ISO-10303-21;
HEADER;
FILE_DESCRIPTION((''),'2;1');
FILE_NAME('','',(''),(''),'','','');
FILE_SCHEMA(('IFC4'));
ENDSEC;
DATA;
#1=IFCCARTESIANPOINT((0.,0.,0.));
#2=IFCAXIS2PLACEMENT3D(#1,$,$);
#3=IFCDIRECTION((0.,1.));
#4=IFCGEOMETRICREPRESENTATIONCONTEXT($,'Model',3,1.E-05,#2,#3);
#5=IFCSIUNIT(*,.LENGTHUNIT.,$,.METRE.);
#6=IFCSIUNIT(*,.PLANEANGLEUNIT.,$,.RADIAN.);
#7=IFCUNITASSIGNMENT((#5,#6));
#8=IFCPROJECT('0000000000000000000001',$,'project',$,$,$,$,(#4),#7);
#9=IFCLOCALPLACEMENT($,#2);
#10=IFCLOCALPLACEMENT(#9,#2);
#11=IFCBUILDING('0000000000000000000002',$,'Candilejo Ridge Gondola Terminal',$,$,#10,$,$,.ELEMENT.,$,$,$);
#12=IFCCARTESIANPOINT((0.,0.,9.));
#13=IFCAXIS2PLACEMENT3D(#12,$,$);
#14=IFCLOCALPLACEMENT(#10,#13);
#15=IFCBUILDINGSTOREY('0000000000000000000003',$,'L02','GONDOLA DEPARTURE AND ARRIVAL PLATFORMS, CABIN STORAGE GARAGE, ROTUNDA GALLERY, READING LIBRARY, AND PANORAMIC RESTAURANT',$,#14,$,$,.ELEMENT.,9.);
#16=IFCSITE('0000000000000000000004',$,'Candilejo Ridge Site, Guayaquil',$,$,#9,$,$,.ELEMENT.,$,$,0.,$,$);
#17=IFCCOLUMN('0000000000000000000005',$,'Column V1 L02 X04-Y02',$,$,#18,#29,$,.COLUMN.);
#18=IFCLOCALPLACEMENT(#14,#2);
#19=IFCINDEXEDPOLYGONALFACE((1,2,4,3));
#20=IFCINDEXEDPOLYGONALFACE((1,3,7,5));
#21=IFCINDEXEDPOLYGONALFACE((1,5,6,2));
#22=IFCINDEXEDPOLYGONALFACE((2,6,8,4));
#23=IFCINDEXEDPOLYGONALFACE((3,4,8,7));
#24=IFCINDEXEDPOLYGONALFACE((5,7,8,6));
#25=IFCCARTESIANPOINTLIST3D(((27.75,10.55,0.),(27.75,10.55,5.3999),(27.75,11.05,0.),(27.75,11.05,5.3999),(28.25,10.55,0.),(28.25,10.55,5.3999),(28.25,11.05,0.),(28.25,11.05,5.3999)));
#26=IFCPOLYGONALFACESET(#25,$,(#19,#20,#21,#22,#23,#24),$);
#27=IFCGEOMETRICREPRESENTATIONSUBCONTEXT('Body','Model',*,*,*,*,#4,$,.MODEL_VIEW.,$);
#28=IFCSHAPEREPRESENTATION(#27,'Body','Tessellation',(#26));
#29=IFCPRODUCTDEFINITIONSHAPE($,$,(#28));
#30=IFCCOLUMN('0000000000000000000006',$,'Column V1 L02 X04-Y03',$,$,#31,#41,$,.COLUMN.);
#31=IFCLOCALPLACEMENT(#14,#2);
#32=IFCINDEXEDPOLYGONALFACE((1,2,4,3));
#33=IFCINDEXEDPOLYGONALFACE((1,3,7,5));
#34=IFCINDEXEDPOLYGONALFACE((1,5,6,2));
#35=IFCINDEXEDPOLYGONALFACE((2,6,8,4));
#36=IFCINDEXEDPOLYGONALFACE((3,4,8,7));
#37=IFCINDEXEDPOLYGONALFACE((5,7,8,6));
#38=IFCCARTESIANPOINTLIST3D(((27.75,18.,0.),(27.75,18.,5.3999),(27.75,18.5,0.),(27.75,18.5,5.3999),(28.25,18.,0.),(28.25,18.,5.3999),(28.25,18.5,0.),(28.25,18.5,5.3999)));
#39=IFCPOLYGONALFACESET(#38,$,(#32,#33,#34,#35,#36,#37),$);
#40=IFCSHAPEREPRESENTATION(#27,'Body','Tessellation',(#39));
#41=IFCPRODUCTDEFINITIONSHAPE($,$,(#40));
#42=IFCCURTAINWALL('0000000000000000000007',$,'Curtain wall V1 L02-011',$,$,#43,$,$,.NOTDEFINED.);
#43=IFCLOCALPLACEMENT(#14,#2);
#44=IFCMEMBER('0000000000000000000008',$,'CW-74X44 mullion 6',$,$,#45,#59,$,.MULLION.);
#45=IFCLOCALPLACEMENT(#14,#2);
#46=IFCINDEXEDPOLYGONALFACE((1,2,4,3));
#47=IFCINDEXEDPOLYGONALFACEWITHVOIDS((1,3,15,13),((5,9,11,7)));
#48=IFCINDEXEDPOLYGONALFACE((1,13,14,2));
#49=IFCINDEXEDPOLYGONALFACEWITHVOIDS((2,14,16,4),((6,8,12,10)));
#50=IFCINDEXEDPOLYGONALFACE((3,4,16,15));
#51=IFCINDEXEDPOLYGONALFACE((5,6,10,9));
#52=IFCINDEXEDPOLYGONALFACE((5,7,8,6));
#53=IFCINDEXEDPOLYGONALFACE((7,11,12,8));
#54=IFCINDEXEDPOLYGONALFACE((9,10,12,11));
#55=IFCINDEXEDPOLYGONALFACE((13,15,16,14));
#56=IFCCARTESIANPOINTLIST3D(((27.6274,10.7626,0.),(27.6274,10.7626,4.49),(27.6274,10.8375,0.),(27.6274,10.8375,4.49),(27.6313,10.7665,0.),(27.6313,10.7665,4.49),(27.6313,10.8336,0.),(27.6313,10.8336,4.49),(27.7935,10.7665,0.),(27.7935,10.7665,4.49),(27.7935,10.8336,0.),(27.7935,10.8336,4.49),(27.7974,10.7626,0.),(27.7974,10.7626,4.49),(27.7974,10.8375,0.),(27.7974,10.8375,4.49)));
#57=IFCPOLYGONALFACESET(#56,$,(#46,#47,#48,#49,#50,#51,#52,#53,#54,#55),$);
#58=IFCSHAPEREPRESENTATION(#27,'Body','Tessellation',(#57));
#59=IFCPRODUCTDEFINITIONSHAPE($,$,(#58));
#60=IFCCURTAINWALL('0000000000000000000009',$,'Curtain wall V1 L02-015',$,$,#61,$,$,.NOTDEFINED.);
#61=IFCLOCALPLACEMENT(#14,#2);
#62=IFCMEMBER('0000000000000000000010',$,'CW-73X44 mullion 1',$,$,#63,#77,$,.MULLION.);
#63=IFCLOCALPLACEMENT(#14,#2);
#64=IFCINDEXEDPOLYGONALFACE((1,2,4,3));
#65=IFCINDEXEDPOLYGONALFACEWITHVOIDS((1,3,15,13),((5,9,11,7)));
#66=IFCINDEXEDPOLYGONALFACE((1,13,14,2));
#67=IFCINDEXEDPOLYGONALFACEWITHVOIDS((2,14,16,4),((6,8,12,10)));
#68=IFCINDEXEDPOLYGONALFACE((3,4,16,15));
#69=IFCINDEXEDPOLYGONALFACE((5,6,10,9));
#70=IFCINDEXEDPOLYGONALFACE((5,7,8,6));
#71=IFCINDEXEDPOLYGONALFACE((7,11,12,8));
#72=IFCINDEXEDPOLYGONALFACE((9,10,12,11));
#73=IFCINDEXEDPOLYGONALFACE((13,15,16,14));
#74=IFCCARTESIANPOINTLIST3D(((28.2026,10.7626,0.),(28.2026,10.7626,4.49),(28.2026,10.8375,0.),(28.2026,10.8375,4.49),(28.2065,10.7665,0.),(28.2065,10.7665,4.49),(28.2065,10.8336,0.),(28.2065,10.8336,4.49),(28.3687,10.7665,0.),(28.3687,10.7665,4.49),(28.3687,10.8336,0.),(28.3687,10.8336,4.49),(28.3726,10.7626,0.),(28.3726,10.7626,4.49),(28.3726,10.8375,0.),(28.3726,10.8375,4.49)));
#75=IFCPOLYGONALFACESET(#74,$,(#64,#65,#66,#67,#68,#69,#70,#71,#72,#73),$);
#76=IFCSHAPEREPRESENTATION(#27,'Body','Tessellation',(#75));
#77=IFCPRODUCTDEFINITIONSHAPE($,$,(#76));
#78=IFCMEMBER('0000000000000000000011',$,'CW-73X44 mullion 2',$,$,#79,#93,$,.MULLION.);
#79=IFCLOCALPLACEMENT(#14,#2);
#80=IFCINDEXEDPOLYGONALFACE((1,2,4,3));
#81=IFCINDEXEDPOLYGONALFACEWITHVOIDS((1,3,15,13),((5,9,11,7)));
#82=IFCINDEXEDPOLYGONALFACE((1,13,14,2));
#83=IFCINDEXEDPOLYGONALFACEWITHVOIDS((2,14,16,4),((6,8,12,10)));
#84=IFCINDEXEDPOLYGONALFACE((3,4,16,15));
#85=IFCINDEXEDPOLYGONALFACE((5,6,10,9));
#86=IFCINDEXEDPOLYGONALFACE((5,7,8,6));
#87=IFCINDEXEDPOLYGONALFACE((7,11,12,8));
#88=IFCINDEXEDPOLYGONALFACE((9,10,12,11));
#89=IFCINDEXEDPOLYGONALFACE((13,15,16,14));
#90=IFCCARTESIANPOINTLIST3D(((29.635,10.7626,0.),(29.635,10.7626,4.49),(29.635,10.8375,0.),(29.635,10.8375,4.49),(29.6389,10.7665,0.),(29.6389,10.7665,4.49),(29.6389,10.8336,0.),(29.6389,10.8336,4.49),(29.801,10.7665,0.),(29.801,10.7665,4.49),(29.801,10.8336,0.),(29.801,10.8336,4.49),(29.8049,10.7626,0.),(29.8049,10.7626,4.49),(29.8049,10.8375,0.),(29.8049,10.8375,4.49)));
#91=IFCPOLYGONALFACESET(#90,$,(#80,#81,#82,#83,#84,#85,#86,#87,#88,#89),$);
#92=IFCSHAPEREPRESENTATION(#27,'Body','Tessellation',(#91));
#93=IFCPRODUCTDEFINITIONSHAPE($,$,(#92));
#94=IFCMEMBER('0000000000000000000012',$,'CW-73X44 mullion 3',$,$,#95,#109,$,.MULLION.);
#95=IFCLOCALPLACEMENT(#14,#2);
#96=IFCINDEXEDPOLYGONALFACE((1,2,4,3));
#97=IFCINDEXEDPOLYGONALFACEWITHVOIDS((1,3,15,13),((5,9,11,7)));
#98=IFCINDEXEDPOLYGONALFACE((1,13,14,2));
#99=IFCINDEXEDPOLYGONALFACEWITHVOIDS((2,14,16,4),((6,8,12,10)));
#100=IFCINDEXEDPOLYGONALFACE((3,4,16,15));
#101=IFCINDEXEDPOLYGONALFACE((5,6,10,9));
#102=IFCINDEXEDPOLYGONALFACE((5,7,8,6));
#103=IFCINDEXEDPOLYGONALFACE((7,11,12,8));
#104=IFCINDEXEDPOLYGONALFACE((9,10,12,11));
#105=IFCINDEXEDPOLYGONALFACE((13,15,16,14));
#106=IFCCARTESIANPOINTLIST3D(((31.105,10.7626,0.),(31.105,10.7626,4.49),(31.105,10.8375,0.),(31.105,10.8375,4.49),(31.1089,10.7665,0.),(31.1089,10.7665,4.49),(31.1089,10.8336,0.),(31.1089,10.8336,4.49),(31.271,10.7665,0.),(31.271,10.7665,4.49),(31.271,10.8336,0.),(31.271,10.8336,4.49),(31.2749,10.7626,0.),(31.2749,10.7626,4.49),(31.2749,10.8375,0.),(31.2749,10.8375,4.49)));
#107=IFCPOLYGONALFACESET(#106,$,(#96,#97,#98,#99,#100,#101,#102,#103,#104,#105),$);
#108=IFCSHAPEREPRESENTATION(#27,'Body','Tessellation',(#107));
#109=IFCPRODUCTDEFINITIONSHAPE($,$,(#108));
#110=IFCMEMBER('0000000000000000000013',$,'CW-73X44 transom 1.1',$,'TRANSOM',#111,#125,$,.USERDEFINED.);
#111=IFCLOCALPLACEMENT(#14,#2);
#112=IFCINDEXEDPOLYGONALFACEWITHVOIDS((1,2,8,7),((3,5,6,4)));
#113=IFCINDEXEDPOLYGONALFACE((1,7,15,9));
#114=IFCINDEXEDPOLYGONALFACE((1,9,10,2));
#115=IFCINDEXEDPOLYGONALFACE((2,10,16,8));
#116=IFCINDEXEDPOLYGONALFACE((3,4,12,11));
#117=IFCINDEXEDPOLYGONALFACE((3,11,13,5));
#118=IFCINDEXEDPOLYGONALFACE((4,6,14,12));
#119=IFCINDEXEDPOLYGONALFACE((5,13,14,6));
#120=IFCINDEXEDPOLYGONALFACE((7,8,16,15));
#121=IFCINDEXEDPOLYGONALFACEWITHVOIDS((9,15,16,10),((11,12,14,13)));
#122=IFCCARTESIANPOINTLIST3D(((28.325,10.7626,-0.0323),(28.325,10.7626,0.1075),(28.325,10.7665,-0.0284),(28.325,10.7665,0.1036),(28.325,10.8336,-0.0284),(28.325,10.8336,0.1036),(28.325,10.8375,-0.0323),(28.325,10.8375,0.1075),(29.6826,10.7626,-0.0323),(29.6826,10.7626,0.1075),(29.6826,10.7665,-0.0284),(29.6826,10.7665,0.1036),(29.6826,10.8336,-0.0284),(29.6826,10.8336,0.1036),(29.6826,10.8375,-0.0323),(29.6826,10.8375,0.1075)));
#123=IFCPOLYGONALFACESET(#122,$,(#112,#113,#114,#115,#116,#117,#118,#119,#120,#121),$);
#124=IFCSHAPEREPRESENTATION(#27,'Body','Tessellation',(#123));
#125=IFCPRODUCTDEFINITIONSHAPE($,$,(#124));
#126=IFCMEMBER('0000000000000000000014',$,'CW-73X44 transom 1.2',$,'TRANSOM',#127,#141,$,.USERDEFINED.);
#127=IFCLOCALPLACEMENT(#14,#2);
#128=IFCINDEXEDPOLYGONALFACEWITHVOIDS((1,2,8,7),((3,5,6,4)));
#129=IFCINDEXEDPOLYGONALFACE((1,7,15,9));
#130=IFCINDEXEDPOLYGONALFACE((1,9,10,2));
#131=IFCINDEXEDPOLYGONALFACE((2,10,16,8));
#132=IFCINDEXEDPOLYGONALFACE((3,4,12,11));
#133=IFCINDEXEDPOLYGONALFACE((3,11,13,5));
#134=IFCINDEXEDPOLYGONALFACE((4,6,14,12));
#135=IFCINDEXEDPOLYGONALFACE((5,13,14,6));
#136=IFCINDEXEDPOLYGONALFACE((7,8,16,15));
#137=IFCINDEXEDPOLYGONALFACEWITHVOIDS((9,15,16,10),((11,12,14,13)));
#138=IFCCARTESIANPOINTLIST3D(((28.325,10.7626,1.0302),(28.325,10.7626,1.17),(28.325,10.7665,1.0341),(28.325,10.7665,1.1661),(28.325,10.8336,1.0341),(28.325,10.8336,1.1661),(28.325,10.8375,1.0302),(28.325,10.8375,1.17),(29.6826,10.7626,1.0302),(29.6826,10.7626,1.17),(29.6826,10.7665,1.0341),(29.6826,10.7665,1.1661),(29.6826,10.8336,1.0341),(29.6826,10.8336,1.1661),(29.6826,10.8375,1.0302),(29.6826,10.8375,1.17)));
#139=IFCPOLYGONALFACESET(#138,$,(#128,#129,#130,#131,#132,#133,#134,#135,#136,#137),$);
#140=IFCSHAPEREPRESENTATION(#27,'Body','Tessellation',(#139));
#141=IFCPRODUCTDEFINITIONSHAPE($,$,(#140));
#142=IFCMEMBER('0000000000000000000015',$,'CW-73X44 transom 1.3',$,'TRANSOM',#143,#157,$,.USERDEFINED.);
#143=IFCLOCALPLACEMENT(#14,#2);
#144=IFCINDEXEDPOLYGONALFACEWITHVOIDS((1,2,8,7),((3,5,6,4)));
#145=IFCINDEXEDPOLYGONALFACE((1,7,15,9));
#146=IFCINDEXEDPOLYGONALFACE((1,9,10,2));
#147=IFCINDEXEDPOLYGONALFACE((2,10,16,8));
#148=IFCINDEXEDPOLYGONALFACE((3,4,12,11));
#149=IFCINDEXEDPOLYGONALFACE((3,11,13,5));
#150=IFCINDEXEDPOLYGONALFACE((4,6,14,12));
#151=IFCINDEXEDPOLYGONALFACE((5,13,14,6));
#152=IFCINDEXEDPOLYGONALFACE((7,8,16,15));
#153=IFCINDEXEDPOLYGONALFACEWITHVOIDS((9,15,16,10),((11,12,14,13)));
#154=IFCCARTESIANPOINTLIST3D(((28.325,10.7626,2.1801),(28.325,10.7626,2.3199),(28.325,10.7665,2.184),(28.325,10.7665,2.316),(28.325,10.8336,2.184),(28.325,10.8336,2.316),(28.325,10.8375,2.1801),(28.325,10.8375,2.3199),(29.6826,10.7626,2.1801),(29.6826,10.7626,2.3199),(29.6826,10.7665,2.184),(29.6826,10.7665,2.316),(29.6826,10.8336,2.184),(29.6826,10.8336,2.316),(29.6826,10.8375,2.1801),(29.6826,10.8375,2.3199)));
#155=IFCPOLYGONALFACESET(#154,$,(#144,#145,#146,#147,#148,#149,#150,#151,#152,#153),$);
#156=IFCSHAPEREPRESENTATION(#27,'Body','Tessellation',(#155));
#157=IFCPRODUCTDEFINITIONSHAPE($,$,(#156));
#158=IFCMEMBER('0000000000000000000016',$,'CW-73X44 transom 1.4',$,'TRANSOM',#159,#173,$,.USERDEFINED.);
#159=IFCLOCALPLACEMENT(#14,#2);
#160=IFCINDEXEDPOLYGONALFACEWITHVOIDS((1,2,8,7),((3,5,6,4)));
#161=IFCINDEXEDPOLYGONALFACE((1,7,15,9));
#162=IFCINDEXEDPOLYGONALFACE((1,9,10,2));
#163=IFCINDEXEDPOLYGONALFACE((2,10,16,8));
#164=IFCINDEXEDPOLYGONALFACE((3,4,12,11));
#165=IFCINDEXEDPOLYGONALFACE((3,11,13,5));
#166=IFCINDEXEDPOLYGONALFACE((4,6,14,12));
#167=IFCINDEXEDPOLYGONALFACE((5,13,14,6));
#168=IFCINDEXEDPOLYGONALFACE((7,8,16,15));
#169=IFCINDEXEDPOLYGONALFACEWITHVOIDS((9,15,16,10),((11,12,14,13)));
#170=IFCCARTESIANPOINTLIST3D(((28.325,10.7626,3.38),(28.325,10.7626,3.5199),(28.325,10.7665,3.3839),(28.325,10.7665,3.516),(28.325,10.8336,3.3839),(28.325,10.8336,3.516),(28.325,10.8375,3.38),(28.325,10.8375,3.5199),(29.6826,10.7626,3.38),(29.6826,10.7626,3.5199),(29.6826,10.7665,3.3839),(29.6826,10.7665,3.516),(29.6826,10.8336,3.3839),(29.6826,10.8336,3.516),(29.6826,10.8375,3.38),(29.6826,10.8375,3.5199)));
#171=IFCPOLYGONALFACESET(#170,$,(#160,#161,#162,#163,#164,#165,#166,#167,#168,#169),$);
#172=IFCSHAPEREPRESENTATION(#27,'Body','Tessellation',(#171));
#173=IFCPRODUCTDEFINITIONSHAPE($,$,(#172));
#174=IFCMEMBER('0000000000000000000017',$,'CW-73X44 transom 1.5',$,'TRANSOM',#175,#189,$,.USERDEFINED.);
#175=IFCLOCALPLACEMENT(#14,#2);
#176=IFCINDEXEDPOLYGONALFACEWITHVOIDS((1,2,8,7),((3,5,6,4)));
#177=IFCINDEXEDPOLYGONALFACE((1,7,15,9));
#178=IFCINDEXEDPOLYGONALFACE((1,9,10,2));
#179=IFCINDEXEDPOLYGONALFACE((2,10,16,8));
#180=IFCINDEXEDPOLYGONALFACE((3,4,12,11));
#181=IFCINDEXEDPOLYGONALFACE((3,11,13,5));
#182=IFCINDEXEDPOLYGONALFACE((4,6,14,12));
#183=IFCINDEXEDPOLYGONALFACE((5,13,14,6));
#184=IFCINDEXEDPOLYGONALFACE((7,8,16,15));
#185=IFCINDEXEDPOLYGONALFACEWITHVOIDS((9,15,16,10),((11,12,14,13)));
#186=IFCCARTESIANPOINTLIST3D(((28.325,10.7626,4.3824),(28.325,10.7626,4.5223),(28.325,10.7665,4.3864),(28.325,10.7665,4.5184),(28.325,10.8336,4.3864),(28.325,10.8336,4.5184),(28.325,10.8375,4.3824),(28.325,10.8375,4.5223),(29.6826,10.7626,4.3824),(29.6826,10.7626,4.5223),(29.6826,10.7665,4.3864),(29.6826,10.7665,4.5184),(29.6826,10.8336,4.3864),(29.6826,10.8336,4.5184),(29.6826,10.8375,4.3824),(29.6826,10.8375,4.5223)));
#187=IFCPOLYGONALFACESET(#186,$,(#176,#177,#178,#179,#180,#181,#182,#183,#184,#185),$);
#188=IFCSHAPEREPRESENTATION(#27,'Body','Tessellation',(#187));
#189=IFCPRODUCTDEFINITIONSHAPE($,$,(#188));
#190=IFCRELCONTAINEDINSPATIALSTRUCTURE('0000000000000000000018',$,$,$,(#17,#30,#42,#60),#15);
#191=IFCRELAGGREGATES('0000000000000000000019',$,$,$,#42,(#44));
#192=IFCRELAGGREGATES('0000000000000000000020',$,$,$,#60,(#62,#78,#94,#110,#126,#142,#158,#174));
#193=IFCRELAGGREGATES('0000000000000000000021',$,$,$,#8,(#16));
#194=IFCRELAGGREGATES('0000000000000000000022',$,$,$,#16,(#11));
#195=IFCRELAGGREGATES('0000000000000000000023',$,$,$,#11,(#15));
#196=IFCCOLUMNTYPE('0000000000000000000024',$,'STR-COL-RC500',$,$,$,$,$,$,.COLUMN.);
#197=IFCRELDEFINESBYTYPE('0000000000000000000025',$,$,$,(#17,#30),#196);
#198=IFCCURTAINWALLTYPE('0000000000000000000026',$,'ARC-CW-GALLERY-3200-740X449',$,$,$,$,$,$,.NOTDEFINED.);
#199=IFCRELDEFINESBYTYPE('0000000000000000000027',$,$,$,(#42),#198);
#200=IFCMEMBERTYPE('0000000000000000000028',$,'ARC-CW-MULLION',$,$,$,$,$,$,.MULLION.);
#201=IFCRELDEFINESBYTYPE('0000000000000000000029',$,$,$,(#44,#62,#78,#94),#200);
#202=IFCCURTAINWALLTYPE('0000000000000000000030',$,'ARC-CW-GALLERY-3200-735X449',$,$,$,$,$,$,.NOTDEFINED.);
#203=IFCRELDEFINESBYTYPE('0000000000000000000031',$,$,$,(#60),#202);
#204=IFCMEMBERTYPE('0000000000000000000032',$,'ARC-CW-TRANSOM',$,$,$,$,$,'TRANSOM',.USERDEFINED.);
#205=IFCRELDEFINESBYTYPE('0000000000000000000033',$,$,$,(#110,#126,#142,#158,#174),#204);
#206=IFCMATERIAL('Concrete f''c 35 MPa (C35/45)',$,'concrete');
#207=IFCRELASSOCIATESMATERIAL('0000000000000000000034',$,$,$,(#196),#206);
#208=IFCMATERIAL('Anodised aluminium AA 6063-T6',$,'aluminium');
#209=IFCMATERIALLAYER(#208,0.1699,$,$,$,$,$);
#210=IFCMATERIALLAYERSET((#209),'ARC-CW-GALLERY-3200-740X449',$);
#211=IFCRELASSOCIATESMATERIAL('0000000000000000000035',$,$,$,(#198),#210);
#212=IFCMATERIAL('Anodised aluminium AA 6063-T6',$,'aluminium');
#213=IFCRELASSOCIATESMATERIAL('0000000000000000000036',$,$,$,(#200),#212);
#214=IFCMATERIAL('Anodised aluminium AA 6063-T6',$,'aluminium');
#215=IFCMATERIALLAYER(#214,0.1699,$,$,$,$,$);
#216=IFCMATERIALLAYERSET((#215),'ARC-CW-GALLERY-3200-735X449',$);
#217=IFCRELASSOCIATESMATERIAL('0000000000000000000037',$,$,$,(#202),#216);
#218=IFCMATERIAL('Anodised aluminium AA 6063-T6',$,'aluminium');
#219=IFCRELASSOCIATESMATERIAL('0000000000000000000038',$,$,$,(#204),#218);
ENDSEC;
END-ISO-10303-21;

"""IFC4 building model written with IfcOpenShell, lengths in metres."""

from ifc_helpers import new_model, si_unit, direction, frame, origin, origin_2d, place, context, subcontext, project, spatial, rectangle, hollow_rectangle, extrude, material, layer, layer_set, material_profile, profile_set, type_object, element, aggregate, save


model = new_model("IFC4")

# Units and contexts
model_context = context("Model", 3, precision=1e-05, world=origin(), true_north=direction((0.0, 1.0)))
body_context = subcontext(model_context, "Body", "Model", "MODEL_VIEW")
ifc_project = project(units=[si_unit("LENGTHUNIT", "METRE"), si_unit("PLANEANGLEUNIT", "RADIAN")], contexts=[model_context])

# Site, building, storey
site_placement = place(None, origin())
site = spatial("IfcSite", under=ifc_project, at=site_placement, Name="Candilejo Ridge Site, Guayaquil", CompositionType="ELEMENT", RefElevation=0.0)
building_placement = place(site_placement, origin())
building = spatial("IfcBuilding", under=site, at=building_placement, Name="Candilejo Ridge Gondola Terminal", CompositionType="ELEMENT")
storey_placement = place(building_placement, frame((0.0, 0.0, 9.0)))
storey = spatial("IfcBuildingStorey", under=building, at=storey_placement, Name="L02", Description="GONDOLA DEPARTURE AND ARRIVAL PLATFORMS, CABIN STORAGE GARAGE, ROTUNDA GALLERY, READING LIBRARY, AND PANORAMIC RESTAURANT", CompositionType="ELEMENT", Elevation=9.0)

# Columns
ifc_material_1 = material(Name="Concrete f'c 35 MPa (C35/45)", Category="concrete")
ifc_material_profile_1 = material_profile(ifc_material_1, rectangle(XDim=0.5, YDim=0.5, at=origin_2d()))
ifc_profile_set_1 = profile_set([ifc_material_profile_1], Name="Concrete f'c 35 MPa (C35/45)")
column_type = type_object("IfcColumnType", Name="STR-COL-RC500", PredefinedType="COLUMN", material=ifc_profile_set_1)
for number, where, z_axis, x_axis, name in (
    (1, (28.0, 10.8, 0.0), (0.0, 0.0, 1.0), (1.0, 0.0, 0.0), "Column V1 L02 X04-Y02"),
    (2, (28.0, 18.25, 0.0), (0.0, 0.0, 1.0), (1.0, 0.0, 0.0), "Column V1 L02 X04-Y03"),
):
    element("IfcColumn", number, at=place(storey_placement, frame(where, z_axis=z_axis, x_axis=x_axis)), inside=storey, type_object=column_type, Name=name, PredefinedType="COLUMN", context=body_context, shape_type="SweptSolid", body=[
        extrude(rectangle(XDim=0.5, YDim=0.5, at=origin_2d()), origin(), (0.0, 0.0, 1.0), 5.3999),
    ])

# Curtain wall, member
ifc_material_2 = material(Name="Anodised aluminium AA 6063-T6", Category="aluminium")
ifc_layer_1 = layer(ifc_material_2, 0.1699)
ifc_layer_set_1 = layer_set([ifc_layer_1], Name="ARC-CW-GALLERY-3200-740X449")
curtain_wall_type_1 = type_object("IfcCurtainWallType", Name="ARC-CW-GALLERY-3200-740X449", PredefinedType="NOTDEFINED", material=ifc_layer_set_1)
curtain_wall_1_placement = place(storey_placement, origin())
curtain_wall_1 = element("IfcCurtainWall", 3, at=curtain_wall_1_placement, inside=storey, type_object=curtain_wall_type_1, Name="Curtain wall V1 L02-011", PredefinedType="NOTDEFINED")
ifc_material_3 = material(Name="Anodised aluminium AA 6063-T6", Category="aluminium")
ifc_material_profile_2 = material_profile(ifc_material_3, hollow_rectangle(XDim=0.075, YDim=0.1699, WallThickness=0.0039, at=origin_2d()))
ifc_profile_set_2 = profile_set([ifc_material_profile_2], Name="Anodised aluminium AA 6063-T6")
member_type_1 = type_object("IfcMemberType", Name="ARC-CW-MULLION", PredefinedType="MULLION", material=ifc_profile_set_2)
member_1_placement = place(storey_placement, frame((27.7124, 10.8, 0.0), z_axis=(0.0, 0.0, 1.0), x_axis=(0.0, 1.0, 0.0)))
member_1 = element("IfcMember", 4, at=member_1_placement, type_object=member_type_1, Name="CW-74X44 mullion 6", PredefinedType="MULLION", context=body_context, shape_type="SweptSolid", body=[
    extrude(hollow_rectangle(XDim=0.075, YDim=0.1699, WallThickness=0.0039, at=origin_2d()), origin(), (0.0, 0.0, 1.0), 4.49),
])

# Curtain wall, members
ifc_material_4 = material(Name="Anodised aluminium AA 6063-T6", Category="aluminium")
ifc_layer_2 = layer(ifc_material_4, 0.1699)
ifc_layer_set_2 = layer_set([ifc_layer_2], Name="ARC-CW-GALLERY-3200-735X449")
curtain_wall_type_2 = type_object("IfcCurtainWallType", Name="ARC-CW-GALLERY-3200-735X449", PredefinedType="NOTDEFINED", material=ifc_layer_set_2)
curtain_wall_2_placement = place(storey_placement, origin())
curtain_wall_2 = element("IfcCurtainWall", 5, at=curtain_wall_2_placement, inside=storey, type_object=curtain_wall_type_2, Name="Curtain wall V1 L02-015", PredefinedType="NOTDEFINED")
member_2_placement = place(storey_placement, frame((28.2876, 10.8, 0.0), z_axis=(0.0, 0.0, 1.0), x_axis=(0.0, 1.0, 0.0)))
member_2 = element("IfcMember", 6, at=member_2_placement, type_object=member_type_1, Name="CW-73X44 mullion 1", PredefinedType="MULLION", context=body_context, shape_type="SweptSolid", body=[
    extrude(hollow_rectangle(XDim=0.075, YDim=0.1699, WallThickness=0.0039, at=origin_2d()), origin(), (0.0, 0.0, 1.0), 4.49),
])
member_3_placement = place(storey_placement, frame((29.72, 10.8, 0.0), z_axis=(0.0, 0.0, 1.0), x_axis=(0.0, 1.0, 0.0)))
member_3 = element("IfcMember", 7, at=member_3_placement, type_object=member_type_1, Name="CW-73X44 mullion 2", PredefinedType="MULLION", context=body_context, shape_type="SweptSolid", body=[
    extrude(hollow_rectangle(XDim=0.075, YDim=0.1699, WallThickness=0.0039, at=origin_2d()), origin(), (0.0, 0.0, 1.0), 4.49),
])
member_4_placement = place(storey_placement, frame((31.1899, 10.8, 0.0), z_axis=(0.0, 0.0, 1.0), x_axis=(0.0, 1.0, 0.0)))
member_4 = element("IfcMember", 8, at=member_4_placement, type_object=member_type_1, Name="CW-73X44 mullion 3", PredefinedType="MULLION", context=body_context, shape_type="SweptSolid", body=[
    extrude(hollow_rectangle(XDim=0.075, YDim=0.1699, WallThickness=0.0039, at=origin_2d()), origin(), (0.0, 0.0, 1.0), 4.49),
])
ifc_material_5 = material(Name="Anodised aluminium AA 6063-T6", Category="aluminium")
ifc_material_profile_3 = material_profile(ifc_material_5, hollow_rectangle(XDim=0.075, YDim=0.1399, WallThickness=0.0039, at=origin_2d()))
ifc_profile_set_3 = profile_set([ifc_material_profile_3], Name="Anodised aluminium AA 6063-T6")
member_type_2 = type_object("IfcMemberType", Name="ARC-CW-TRANSOM", ElementType="TRANSOM", PredefinedType="USERDEFINED", material=ifc_profile_set_3)
member_5_placement = place(storey_placement, frame((28.325, 10.8, 0.0376), z_axis=(1.0, 0.0, 0.0), x_axis=(0.0, 1.0, 0.0)))
member_5 = element("IfcMember", 9, at=member_5_placement, type_object=member_type_2, Name="CW-73X44 transom 1.1", ObjectType="TRANSOM", PredefinedType="USERDEFINED", context=body_context, shape_type="SweptSolid", body=[
    extrude(hollow_rectangle(XDim=0.075, YDim=0.1399, WallThickness=0.0039, at=origin_2d()), origin(), (0.0, 0.0, 1.0), 1.3577),
])
member_6_placement = place(storey_placement, frame((28.325, 10.8, 1.1001), z_axis=(1.0, 0.0, 0.0), x_axis=(0.0, 1.0, 0.0)))
member_6 = element("IfcMember", 10, at=member_6_placement, type_object=member_type_2, Name="CW-73X44 transom 1.2", ObjectType="TRANSOM", PredefinedType="USERDEFINED", context=body_context, shape_type="SweptSolid", body=[
    extrude(hollow_rectangle(XDim=0.075, YDim=0.1399, WallThickness=0.0039, at=origin_2d()), origin(), (0.0, 0.0, 1.0), 1.3577),
])
member_7_placement = place(storey_placement, frame((28.325, 10.8, 2.25), z_axis=(1.0, 0.0, 0.0), x_axis=(0.0, 1.0, 0.0)))
member_7 = element("IfcMember", 11, at=member_7_placement, type_object=member_type_2, Name="CW-73X44 transom 1.3", ObjectType="TRANSOM", PredefinedType="USERDEFINED", context=body_context, shape_type="SweptSolid", body=[
    extrude(hollow_rectangle(XDim=0.075, YDim=0.1399, WallThickness=0.0039, at=origin_2d()), origin(), (0.0, 0.0, 1.0), 1.3577),
])
member_8_placement = place(storey_placement, frame((28.325, 10.8, 3.45), z_axis=(1.0, 0.0, 0.0), x_axis=(0.0, 1.0, 0.0)))
member_8 = element("IfcMember", 12, at=member_8_placement, type_object=member_type_2, Name="CW-73X44 transom 1.4", ObjectType="TRANSOM", PredefinedType="USERDEFINED", context=body_context, shape_type="SweptSolid", body=[
    extrude(hollow_rectangle(XDim=0.075, YDim=0.1399, WallThickness=0.0039, at=origin_2d()), origin(), (0.0, 0.0, 1.0), 1.3577),
])
member_9_placement = place(storey_placement, frame((28.325, 10.8, 4.4524), z_axis=(1.0, 0.0, 0.0), x_axis=(0.0, 1.0, 0.0)))
member_9 = element("IfcMember", 13, at=member_9_placement, type_object=member_type_2, Name="CW-73X44 transom 1.5", ObjectType="TRANSOM", PredefinedType="USERDEFINED", context=body_context, shape_type="SweptSolid", body=[
    extrude(hollow_rectangle(XDim=0.075, YDim=0.1399, WallThickness=0.0039, at=origin_2d()), origin(), (0.0, 0.0, 1.0), 1.3577),
])

aggregate(curtain_wall_1, [member_1])
aggregate(curtain_wall_2, [member_2, member_3, member_4, member_5, member_6, member_7, member_8, member_9])

save(model, "model.ifc")
